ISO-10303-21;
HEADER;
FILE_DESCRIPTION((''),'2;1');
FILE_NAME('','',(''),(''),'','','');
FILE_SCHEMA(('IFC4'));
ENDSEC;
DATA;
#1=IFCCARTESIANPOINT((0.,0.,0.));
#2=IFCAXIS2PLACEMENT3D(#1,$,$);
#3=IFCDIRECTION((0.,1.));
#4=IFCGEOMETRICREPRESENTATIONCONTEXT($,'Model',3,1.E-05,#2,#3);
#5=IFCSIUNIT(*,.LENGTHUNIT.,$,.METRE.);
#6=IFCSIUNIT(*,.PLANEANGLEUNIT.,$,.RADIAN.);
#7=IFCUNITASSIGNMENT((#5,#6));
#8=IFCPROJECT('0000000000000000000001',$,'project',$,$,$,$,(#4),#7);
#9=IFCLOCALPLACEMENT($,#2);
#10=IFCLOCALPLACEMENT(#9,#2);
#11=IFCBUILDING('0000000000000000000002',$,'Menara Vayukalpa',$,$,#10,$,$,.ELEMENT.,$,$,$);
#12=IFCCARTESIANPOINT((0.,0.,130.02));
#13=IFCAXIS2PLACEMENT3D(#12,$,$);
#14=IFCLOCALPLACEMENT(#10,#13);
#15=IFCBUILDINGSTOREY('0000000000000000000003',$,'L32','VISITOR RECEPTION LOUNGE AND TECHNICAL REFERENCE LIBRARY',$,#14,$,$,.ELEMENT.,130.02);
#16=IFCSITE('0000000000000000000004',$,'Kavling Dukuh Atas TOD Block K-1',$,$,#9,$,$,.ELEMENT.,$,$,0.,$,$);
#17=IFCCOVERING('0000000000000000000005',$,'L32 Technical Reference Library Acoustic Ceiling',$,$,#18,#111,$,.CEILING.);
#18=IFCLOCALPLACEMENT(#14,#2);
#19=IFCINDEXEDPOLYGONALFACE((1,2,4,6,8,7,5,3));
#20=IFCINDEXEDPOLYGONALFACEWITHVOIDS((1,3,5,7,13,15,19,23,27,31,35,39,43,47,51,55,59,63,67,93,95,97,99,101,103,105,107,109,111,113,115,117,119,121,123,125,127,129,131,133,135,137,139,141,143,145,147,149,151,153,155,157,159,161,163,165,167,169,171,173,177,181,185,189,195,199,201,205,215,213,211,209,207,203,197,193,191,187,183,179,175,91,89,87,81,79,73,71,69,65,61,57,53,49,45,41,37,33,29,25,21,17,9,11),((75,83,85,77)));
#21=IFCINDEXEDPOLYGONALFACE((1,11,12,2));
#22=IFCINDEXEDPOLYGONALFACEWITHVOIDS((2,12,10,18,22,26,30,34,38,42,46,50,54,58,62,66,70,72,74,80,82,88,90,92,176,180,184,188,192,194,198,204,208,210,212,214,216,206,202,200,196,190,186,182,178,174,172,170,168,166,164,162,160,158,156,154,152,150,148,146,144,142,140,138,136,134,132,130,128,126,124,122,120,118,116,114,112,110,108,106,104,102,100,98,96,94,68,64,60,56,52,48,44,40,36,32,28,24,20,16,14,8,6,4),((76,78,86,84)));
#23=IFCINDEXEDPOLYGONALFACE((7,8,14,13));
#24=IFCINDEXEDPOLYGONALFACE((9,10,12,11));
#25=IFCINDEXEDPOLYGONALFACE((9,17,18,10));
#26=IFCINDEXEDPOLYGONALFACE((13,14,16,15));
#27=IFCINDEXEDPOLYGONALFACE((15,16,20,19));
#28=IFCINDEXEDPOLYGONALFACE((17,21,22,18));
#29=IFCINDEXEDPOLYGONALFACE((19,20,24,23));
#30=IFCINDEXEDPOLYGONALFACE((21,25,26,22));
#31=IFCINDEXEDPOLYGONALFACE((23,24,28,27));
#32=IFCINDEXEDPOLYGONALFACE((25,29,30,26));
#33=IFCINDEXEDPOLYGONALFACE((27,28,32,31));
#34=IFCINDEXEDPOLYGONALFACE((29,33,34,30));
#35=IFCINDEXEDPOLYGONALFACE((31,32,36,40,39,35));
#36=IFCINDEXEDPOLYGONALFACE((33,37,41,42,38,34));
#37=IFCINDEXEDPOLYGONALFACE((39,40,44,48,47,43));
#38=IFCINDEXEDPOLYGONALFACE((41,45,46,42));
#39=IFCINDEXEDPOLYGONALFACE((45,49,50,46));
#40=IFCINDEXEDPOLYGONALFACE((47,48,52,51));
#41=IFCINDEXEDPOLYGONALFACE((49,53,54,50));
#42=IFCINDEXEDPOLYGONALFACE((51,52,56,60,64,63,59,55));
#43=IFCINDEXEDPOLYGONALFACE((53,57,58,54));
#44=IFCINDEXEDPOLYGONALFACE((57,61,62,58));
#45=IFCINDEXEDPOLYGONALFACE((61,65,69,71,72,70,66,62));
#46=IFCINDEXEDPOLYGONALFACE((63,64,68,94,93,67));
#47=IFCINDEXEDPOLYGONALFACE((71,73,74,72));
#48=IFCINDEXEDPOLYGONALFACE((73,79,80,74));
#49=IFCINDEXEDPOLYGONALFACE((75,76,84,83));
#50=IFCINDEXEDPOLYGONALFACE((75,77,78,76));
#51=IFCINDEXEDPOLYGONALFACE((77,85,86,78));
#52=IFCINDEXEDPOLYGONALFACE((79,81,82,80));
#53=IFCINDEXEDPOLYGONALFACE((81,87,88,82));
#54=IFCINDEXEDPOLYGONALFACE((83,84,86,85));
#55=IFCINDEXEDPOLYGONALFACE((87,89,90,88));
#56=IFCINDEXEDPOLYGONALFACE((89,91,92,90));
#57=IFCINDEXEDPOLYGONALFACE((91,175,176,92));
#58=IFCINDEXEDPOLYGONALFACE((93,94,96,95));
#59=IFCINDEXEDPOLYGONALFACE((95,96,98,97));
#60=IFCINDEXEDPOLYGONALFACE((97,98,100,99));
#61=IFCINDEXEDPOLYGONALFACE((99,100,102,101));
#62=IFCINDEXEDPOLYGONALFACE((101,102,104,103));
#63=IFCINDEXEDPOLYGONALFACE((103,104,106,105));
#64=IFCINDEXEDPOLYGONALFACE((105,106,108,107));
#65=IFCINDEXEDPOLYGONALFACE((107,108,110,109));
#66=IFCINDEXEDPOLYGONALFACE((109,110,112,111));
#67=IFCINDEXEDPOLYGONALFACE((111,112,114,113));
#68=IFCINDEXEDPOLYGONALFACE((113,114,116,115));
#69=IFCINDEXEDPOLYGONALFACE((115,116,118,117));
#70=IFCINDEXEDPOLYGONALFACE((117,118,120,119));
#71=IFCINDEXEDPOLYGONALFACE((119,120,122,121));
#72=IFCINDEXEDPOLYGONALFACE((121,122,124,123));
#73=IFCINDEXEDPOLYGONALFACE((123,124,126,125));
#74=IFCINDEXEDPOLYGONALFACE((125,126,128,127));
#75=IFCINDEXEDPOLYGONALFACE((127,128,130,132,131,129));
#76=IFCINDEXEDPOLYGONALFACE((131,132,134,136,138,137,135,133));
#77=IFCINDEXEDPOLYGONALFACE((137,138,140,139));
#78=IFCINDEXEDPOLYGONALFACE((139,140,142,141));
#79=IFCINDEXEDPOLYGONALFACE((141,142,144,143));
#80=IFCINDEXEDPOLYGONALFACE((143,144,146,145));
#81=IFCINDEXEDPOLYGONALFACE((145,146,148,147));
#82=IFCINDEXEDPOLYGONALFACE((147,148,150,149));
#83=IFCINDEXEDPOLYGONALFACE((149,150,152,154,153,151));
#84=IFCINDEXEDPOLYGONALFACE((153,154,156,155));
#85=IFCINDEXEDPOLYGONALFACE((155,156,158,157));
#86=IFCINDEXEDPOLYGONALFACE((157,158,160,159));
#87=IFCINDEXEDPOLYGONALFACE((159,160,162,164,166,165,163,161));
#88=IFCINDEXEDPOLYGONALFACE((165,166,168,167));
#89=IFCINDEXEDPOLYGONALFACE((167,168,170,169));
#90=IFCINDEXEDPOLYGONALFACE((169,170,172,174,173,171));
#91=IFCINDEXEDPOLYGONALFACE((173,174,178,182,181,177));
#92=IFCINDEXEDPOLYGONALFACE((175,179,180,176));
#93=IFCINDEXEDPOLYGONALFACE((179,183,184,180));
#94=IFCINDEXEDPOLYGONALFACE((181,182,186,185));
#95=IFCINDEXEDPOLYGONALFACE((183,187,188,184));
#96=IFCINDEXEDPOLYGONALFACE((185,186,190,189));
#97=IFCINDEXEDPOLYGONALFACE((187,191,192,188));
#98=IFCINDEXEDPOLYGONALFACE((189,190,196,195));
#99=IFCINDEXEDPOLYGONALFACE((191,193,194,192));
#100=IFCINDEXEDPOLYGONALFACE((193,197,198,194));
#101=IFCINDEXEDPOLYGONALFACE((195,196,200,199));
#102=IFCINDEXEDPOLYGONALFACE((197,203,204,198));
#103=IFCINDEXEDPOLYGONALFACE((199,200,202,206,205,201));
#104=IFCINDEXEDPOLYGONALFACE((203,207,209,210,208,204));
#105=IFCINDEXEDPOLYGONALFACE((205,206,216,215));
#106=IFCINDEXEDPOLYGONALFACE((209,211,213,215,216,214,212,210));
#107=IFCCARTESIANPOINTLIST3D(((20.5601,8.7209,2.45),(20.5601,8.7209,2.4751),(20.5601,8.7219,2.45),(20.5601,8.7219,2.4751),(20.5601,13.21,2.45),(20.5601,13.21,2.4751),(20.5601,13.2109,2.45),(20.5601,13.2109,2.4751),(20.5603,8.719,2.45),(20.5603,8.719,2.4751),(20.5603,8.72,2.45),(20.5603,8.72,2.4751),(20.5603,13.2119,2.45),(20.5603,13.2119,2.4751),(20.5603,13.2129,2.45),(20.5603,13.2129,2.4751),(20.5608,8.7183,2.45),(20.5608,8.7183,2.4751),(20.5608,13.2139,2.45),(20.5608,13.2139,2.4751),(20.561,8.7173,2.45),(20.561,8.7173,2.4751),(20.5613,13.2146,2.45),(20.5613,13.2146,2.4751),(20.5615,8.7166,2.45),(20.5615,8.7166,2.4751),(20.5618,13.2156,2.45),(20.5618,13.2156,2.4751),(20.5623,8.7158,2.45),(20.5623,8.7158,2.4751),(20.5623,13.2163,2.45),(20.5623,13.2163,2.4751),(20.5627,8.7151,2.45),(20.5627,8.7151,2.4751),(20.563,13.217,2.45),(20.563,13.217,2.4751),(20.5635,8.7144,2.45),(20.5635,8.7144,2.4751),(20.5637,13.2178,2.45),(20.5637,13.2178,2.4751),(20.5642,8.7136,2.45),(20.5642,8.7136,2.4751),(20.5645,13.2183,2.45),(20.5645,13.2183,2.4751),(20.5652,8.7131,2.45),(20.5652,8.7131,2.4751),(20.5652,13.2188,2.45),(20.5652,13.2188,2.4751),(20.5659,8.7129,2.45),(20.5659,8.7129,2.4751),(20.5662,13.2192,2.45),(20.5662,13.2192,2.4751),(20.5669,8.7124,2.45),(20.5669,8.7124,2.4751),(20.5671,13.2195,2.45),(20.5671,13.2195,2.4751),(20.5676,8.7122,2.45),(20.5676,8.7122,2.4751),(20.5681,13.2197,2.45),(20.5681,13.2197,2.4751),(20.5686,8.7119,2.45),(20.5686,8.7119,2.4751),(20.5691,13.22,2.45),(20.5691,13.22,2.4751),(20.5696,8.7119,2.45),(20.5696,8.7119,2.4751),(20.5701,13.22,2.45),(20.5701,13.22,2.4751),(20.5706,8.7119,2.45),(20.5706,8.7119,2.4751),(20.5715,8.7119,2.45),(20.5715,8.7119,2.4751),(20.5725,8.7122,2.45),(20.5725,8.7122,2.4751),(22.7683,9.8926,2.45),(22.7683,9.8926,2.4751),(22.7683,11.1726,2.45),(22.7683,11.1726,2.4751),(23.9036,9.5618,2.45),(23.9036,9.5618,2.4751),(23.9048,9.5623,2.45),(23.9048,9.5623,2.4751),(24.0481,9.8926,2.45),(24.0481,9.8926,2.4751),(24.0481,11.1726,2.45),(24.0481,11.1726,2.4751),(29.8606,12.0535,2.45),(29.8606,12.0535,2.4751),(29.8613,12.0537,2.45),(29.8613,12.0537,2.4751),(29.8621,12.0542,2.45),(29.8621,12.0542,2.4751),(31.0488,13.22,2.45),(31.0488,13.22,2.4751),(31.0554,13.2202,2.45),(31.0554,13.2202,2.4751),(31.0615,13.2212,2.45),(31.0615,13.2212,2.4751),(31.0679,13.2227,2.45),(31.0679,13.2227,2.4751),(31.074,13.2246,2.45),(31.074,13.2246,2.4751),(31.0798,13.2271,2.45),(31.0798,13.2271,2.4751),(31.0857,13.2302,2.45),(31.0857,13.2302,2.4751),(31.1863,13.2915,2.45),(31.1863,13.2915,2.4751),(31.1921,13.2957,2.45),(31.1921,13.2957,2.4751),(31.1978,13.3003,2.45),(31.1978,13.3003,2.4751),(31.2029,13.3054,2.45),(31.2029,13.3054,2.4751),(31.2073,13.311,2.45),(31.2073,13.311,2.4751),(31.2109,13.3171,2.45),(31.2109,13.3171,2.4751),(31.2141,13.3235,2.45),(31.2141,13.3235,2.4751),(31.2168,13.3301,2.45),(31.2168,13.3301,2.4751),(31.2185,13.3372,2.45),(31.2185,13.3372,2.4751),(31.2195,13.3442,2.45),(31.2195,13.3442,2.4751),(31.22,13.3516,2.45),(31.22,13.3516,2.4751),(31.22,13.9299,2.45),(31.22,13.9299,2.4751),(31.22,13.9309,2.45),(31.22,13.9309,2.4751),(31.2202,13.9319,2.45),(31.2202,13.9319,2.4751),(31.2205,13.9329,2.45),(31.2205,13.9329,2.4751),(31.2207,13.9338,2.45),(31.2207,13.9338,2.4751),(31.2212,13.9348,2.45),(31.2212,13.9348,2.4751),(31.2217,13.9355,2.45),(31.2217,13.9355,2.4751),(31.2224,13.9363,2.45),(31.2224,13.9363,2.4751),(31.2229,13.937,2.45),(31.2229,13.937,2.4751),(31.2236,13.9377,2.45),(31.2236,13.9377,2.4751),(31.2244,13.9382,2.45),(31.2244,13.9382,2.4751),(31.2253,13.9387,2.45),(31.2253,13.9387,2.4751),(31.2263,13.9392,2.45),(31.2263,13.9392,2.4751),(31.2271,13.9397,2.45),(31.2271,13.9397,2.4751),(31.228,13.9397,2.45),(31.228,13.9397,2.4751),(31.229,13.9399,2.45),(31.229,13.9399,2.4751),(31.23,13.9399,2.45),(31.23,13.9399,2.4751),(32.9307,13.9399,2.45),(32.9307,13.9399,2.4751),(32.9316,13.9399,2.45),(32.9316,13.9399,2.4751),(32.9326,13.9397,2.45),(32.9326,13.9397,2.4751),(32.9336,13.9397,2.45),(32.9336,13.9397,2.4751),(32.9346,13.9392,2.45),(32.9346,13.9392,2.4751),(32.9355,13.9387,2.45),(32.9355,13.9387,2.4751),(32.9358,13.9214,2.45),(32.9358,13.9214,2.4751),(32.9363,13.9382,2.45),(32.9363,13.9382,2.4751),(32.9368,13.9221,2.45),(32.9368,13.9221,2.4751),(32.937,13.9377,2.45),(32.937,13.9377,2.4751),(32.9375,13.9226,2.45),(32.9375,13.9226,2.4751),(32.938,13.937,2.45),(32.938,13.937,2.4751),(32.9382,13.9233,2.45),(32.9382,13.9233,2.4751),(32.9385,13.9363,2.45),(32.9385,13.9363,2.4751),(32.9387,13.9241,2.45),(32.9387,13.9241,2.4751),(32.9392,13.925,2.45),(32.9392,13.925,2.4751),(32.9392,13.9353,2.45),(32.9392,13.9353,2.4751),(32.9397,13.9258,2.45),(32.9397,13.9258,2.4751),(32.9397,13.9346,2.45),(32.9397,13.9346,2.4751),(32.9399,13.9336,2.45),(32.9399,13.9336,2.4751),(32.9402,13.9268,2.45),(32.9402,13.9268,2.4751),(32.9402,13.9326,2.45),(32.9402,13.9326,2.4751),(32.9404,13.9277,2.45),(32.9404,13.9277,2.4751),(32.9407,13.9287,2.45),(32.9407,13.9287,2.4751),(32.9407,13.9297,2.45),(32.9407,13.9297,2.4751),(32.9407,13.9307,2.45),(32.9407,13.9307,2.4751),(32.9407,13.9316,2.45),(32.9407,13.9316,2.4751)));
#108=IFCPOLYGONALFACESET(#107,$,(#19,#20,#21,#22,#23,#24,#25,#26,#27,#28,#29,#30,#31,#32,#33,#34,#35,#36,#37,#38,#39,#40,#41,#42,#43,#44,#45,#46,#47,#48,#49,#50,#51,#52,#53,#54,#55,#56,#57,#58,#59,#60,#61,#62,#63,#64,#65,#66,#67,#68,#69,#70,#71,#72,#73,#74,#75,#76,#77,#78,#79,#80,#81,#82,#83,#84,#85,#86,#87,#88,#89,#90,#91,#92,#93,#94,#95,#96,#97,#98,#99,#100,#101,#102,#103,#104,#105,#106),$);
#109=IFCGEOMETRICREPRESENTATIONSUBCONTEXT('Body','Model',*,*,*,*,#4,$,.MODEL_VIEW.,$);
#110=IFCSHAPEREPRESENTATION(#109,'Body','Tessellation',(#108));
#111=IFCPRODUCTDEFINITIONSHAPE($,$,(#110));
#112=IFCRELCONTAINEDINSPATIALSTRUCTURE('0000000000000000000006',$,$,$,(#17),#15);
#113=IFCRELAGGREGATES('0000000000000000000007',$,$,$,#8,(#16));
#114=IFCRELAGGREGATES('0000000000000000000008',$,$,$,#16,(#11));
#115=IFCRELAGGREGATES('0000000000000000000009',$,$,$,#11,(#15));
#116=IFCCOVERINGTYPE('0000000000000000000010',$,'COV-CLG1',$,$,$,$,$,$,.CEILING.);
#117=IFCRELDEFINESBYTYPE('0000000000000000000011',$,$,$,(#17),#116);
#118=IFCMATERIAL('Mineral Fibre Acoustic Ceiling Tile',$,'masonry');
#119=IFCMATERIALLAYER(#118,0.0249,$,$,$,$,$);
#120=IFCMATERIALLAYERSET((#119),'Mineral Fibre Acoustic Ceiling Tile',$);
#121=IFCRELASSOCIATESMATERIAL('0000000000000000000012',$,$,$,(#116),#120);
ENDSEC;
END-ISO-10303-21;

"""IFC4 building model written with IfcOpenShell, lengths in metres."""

from ifc_helpers import new_model, si_unit, direction, frame, origin, place, context, subcontext, project, spatial, polyline, outline, extrude, material, layer, layer_set, type_object, element, save


model = new_model("IFC4")

# Units and contexts
model_context = context("Model", 3, precision=1e-05, world=origin(), true_north=direction((0.0, 1.0)))
body_context = subcontext(model_context, "Body", "Model", "MODEL_VIEW")
ifc_project = project(units=[si_unit("LENGTHUNIT", "METRE"), si_unit("PLANEANGLEUNIT", "RADIAN")], contexts=[model_context])

# Site, building, storey
site_placement = place(None, origin())
site = spatial("IfcSite", under=ifc_project, at=site_placement, Name="Kavling Dukuh Atas TOD Block K-1", CompositionType="ELEMENT", RefElevation=0.0)
building_placement = place(site_placement, origin())
building = spatial("IfcBuilding", under=site, at=building_placement, Name="Menara Vayukalpa", CompositionType="ELEMENT")
storey_placement = place(building_placement, frame((0.0, 0.0, 130.02)))
storey = spatial("IfcBuildingStorey", under=building, at=storey_placement, Name="L32", Description="VISITOR RECEPTION LOUNGE AND TECHNICAL REFERENCE LIBRARY", CompositionType="ELEMENT", Elevation=130.02)

# Covering
ifc_material_1 = material(Name="Mineral Fibre Acoustic Ceiling Tile", Category="masonry")
ifc_layer_1 = layer(ifc_material_1, 0.0249)
ifc_layer_set_1 = layer_set([ifc_layer_1], Name="Mineral Fibre Acoustic Ceiling Tile")
covering_type_1 = type_object("IfcCoveringType", Name="COV-CLG1", PredefinedType="CEILING", material=ifc_layer_set_1)
covering_1_placement = place(storey_placement, frame((0.0, 0.0, 2.45)))
element("IfcCovering", 1, at=covering_1_placement, inside=storey, type_object=covering_type_1, Name="L32 Technical Reference Library Acoustic Ceiling", PredefinedType="CEILING", context=body_context, shape_type="SweptSolid", body=[
    extrude(outline(polyline([(29.8606, 12.0535), (23.9048, 9.5623), (23.9036, 9.5618), (20.5725, 8.7122), (20.5715, 8.7119), (20.5706, 8.7119), (20.5696, 8.7119), (20.5686, 8.7119), (20.5676, 8.7122), (20.5669, 8.7124), (20.5659, 8.7129), (20.5652, 8.7131), (20.5642, 8.7136), (20.5635, 8.7144), (20.5627, 8.7151), (20.5623, 8.7158), (20.5615, 8.7166), (20.561, 8.7173), (20.5608, 8.7183), (20.5603, 8.719), (20.5603, 8.72), (20.5601, 8.7209), (20.5601, 8.7219), (20.5601, 13.21), (20.5601, 13.2109), (20.5603, 13.2119), (20.5603, 13.2129), (20.5608, 13.2139), (20.5613, 13.2146), (20.5618, 13.2156), (20.5623, 13.2163), (20.563, 13.217), (20.5637, 13.2178), (20.5645, 13.2183), (20.5652, 13.2188), (20.5662, 13.2192), (20.5671, 13.2195), (20.5681, 13.2197), (20.5691, 13.22), (20.5701, 13.22), (31.0488, 13.22), (31.0554, 13.2202), (31.0615, 13.2212), (31.0679, 13.2227), (31.074, 13.2246), (31.0798, 13.2271), (31.0857, 13.2302), (31.1863, 13.2915), (31.1921, 13.2957), (31.1978, 13.3003), (31.2029, 13.3054), (31.2073, 13.311), (31.2109, 13.3171), (31.2141, 13.3235), (31.2168, 13.3301), (31.2185, 13.3372), (31.2195, 13.3442), (31.22, 13.3516), (31.22, 13.9299), (31.22, 13.9309), (31.2202, 13.9319), (31.2205, 13.9329), (31.2207, 13.9338), (31.2212, 13.9348), (31.2217, 13.9355), (31.2224, 13.9363), (31.2229, 13.937), (31.2236, 13.9377), (31.2244, 13.9382), (31.2253, 13.9387), (31.2263, 13.9392), (31.2271, 13.9397), (31.228, 13.9397), (31.229, 13.9399), (31.23, 13.9399), (32.9307, 13.9399), (32.9316, 13.9399), (32.9326, 13.9397), (32.9336, 13.9397), (32.9346, 13.9392), (32.9355, 13.9387), (32.9363, 13.9382), (32.937, 13.9377), (32.938, 13.937), (32.9385, 13.9363), (32.9392, 13.9353), (32.9397, 13.9346), (32.9399, 13.9336), (32.9402, 13.9326), (32.9407, 13.9316), (32.9407, 13.9307), (32.9407, 13.9297), (32.9407, 13.9287), (32.9404, 13.9277), (32.9402, 13.9268), (32.9397, 13.9258), (32.9392, 13.925), (32.9387, 13.9241), (32.9382, 13.9233), (32.9375, 13.9226), (32.9368, 13.9221), (32.9358, 13.9214), (29.8621, 12.0542), (29.8613, 12.0537), (29.8606, 12.0535)]), holes=[polyline([(24.0481, 11.1726), (22.7683, 11.1726), (22.7683, 9.8926), (24.0481, 9.8926), (24.0481, 11.1726)])]), origin(), (0.0, 0.0, 1.0), 0.0251),
])

save(model, "model.ifc")
